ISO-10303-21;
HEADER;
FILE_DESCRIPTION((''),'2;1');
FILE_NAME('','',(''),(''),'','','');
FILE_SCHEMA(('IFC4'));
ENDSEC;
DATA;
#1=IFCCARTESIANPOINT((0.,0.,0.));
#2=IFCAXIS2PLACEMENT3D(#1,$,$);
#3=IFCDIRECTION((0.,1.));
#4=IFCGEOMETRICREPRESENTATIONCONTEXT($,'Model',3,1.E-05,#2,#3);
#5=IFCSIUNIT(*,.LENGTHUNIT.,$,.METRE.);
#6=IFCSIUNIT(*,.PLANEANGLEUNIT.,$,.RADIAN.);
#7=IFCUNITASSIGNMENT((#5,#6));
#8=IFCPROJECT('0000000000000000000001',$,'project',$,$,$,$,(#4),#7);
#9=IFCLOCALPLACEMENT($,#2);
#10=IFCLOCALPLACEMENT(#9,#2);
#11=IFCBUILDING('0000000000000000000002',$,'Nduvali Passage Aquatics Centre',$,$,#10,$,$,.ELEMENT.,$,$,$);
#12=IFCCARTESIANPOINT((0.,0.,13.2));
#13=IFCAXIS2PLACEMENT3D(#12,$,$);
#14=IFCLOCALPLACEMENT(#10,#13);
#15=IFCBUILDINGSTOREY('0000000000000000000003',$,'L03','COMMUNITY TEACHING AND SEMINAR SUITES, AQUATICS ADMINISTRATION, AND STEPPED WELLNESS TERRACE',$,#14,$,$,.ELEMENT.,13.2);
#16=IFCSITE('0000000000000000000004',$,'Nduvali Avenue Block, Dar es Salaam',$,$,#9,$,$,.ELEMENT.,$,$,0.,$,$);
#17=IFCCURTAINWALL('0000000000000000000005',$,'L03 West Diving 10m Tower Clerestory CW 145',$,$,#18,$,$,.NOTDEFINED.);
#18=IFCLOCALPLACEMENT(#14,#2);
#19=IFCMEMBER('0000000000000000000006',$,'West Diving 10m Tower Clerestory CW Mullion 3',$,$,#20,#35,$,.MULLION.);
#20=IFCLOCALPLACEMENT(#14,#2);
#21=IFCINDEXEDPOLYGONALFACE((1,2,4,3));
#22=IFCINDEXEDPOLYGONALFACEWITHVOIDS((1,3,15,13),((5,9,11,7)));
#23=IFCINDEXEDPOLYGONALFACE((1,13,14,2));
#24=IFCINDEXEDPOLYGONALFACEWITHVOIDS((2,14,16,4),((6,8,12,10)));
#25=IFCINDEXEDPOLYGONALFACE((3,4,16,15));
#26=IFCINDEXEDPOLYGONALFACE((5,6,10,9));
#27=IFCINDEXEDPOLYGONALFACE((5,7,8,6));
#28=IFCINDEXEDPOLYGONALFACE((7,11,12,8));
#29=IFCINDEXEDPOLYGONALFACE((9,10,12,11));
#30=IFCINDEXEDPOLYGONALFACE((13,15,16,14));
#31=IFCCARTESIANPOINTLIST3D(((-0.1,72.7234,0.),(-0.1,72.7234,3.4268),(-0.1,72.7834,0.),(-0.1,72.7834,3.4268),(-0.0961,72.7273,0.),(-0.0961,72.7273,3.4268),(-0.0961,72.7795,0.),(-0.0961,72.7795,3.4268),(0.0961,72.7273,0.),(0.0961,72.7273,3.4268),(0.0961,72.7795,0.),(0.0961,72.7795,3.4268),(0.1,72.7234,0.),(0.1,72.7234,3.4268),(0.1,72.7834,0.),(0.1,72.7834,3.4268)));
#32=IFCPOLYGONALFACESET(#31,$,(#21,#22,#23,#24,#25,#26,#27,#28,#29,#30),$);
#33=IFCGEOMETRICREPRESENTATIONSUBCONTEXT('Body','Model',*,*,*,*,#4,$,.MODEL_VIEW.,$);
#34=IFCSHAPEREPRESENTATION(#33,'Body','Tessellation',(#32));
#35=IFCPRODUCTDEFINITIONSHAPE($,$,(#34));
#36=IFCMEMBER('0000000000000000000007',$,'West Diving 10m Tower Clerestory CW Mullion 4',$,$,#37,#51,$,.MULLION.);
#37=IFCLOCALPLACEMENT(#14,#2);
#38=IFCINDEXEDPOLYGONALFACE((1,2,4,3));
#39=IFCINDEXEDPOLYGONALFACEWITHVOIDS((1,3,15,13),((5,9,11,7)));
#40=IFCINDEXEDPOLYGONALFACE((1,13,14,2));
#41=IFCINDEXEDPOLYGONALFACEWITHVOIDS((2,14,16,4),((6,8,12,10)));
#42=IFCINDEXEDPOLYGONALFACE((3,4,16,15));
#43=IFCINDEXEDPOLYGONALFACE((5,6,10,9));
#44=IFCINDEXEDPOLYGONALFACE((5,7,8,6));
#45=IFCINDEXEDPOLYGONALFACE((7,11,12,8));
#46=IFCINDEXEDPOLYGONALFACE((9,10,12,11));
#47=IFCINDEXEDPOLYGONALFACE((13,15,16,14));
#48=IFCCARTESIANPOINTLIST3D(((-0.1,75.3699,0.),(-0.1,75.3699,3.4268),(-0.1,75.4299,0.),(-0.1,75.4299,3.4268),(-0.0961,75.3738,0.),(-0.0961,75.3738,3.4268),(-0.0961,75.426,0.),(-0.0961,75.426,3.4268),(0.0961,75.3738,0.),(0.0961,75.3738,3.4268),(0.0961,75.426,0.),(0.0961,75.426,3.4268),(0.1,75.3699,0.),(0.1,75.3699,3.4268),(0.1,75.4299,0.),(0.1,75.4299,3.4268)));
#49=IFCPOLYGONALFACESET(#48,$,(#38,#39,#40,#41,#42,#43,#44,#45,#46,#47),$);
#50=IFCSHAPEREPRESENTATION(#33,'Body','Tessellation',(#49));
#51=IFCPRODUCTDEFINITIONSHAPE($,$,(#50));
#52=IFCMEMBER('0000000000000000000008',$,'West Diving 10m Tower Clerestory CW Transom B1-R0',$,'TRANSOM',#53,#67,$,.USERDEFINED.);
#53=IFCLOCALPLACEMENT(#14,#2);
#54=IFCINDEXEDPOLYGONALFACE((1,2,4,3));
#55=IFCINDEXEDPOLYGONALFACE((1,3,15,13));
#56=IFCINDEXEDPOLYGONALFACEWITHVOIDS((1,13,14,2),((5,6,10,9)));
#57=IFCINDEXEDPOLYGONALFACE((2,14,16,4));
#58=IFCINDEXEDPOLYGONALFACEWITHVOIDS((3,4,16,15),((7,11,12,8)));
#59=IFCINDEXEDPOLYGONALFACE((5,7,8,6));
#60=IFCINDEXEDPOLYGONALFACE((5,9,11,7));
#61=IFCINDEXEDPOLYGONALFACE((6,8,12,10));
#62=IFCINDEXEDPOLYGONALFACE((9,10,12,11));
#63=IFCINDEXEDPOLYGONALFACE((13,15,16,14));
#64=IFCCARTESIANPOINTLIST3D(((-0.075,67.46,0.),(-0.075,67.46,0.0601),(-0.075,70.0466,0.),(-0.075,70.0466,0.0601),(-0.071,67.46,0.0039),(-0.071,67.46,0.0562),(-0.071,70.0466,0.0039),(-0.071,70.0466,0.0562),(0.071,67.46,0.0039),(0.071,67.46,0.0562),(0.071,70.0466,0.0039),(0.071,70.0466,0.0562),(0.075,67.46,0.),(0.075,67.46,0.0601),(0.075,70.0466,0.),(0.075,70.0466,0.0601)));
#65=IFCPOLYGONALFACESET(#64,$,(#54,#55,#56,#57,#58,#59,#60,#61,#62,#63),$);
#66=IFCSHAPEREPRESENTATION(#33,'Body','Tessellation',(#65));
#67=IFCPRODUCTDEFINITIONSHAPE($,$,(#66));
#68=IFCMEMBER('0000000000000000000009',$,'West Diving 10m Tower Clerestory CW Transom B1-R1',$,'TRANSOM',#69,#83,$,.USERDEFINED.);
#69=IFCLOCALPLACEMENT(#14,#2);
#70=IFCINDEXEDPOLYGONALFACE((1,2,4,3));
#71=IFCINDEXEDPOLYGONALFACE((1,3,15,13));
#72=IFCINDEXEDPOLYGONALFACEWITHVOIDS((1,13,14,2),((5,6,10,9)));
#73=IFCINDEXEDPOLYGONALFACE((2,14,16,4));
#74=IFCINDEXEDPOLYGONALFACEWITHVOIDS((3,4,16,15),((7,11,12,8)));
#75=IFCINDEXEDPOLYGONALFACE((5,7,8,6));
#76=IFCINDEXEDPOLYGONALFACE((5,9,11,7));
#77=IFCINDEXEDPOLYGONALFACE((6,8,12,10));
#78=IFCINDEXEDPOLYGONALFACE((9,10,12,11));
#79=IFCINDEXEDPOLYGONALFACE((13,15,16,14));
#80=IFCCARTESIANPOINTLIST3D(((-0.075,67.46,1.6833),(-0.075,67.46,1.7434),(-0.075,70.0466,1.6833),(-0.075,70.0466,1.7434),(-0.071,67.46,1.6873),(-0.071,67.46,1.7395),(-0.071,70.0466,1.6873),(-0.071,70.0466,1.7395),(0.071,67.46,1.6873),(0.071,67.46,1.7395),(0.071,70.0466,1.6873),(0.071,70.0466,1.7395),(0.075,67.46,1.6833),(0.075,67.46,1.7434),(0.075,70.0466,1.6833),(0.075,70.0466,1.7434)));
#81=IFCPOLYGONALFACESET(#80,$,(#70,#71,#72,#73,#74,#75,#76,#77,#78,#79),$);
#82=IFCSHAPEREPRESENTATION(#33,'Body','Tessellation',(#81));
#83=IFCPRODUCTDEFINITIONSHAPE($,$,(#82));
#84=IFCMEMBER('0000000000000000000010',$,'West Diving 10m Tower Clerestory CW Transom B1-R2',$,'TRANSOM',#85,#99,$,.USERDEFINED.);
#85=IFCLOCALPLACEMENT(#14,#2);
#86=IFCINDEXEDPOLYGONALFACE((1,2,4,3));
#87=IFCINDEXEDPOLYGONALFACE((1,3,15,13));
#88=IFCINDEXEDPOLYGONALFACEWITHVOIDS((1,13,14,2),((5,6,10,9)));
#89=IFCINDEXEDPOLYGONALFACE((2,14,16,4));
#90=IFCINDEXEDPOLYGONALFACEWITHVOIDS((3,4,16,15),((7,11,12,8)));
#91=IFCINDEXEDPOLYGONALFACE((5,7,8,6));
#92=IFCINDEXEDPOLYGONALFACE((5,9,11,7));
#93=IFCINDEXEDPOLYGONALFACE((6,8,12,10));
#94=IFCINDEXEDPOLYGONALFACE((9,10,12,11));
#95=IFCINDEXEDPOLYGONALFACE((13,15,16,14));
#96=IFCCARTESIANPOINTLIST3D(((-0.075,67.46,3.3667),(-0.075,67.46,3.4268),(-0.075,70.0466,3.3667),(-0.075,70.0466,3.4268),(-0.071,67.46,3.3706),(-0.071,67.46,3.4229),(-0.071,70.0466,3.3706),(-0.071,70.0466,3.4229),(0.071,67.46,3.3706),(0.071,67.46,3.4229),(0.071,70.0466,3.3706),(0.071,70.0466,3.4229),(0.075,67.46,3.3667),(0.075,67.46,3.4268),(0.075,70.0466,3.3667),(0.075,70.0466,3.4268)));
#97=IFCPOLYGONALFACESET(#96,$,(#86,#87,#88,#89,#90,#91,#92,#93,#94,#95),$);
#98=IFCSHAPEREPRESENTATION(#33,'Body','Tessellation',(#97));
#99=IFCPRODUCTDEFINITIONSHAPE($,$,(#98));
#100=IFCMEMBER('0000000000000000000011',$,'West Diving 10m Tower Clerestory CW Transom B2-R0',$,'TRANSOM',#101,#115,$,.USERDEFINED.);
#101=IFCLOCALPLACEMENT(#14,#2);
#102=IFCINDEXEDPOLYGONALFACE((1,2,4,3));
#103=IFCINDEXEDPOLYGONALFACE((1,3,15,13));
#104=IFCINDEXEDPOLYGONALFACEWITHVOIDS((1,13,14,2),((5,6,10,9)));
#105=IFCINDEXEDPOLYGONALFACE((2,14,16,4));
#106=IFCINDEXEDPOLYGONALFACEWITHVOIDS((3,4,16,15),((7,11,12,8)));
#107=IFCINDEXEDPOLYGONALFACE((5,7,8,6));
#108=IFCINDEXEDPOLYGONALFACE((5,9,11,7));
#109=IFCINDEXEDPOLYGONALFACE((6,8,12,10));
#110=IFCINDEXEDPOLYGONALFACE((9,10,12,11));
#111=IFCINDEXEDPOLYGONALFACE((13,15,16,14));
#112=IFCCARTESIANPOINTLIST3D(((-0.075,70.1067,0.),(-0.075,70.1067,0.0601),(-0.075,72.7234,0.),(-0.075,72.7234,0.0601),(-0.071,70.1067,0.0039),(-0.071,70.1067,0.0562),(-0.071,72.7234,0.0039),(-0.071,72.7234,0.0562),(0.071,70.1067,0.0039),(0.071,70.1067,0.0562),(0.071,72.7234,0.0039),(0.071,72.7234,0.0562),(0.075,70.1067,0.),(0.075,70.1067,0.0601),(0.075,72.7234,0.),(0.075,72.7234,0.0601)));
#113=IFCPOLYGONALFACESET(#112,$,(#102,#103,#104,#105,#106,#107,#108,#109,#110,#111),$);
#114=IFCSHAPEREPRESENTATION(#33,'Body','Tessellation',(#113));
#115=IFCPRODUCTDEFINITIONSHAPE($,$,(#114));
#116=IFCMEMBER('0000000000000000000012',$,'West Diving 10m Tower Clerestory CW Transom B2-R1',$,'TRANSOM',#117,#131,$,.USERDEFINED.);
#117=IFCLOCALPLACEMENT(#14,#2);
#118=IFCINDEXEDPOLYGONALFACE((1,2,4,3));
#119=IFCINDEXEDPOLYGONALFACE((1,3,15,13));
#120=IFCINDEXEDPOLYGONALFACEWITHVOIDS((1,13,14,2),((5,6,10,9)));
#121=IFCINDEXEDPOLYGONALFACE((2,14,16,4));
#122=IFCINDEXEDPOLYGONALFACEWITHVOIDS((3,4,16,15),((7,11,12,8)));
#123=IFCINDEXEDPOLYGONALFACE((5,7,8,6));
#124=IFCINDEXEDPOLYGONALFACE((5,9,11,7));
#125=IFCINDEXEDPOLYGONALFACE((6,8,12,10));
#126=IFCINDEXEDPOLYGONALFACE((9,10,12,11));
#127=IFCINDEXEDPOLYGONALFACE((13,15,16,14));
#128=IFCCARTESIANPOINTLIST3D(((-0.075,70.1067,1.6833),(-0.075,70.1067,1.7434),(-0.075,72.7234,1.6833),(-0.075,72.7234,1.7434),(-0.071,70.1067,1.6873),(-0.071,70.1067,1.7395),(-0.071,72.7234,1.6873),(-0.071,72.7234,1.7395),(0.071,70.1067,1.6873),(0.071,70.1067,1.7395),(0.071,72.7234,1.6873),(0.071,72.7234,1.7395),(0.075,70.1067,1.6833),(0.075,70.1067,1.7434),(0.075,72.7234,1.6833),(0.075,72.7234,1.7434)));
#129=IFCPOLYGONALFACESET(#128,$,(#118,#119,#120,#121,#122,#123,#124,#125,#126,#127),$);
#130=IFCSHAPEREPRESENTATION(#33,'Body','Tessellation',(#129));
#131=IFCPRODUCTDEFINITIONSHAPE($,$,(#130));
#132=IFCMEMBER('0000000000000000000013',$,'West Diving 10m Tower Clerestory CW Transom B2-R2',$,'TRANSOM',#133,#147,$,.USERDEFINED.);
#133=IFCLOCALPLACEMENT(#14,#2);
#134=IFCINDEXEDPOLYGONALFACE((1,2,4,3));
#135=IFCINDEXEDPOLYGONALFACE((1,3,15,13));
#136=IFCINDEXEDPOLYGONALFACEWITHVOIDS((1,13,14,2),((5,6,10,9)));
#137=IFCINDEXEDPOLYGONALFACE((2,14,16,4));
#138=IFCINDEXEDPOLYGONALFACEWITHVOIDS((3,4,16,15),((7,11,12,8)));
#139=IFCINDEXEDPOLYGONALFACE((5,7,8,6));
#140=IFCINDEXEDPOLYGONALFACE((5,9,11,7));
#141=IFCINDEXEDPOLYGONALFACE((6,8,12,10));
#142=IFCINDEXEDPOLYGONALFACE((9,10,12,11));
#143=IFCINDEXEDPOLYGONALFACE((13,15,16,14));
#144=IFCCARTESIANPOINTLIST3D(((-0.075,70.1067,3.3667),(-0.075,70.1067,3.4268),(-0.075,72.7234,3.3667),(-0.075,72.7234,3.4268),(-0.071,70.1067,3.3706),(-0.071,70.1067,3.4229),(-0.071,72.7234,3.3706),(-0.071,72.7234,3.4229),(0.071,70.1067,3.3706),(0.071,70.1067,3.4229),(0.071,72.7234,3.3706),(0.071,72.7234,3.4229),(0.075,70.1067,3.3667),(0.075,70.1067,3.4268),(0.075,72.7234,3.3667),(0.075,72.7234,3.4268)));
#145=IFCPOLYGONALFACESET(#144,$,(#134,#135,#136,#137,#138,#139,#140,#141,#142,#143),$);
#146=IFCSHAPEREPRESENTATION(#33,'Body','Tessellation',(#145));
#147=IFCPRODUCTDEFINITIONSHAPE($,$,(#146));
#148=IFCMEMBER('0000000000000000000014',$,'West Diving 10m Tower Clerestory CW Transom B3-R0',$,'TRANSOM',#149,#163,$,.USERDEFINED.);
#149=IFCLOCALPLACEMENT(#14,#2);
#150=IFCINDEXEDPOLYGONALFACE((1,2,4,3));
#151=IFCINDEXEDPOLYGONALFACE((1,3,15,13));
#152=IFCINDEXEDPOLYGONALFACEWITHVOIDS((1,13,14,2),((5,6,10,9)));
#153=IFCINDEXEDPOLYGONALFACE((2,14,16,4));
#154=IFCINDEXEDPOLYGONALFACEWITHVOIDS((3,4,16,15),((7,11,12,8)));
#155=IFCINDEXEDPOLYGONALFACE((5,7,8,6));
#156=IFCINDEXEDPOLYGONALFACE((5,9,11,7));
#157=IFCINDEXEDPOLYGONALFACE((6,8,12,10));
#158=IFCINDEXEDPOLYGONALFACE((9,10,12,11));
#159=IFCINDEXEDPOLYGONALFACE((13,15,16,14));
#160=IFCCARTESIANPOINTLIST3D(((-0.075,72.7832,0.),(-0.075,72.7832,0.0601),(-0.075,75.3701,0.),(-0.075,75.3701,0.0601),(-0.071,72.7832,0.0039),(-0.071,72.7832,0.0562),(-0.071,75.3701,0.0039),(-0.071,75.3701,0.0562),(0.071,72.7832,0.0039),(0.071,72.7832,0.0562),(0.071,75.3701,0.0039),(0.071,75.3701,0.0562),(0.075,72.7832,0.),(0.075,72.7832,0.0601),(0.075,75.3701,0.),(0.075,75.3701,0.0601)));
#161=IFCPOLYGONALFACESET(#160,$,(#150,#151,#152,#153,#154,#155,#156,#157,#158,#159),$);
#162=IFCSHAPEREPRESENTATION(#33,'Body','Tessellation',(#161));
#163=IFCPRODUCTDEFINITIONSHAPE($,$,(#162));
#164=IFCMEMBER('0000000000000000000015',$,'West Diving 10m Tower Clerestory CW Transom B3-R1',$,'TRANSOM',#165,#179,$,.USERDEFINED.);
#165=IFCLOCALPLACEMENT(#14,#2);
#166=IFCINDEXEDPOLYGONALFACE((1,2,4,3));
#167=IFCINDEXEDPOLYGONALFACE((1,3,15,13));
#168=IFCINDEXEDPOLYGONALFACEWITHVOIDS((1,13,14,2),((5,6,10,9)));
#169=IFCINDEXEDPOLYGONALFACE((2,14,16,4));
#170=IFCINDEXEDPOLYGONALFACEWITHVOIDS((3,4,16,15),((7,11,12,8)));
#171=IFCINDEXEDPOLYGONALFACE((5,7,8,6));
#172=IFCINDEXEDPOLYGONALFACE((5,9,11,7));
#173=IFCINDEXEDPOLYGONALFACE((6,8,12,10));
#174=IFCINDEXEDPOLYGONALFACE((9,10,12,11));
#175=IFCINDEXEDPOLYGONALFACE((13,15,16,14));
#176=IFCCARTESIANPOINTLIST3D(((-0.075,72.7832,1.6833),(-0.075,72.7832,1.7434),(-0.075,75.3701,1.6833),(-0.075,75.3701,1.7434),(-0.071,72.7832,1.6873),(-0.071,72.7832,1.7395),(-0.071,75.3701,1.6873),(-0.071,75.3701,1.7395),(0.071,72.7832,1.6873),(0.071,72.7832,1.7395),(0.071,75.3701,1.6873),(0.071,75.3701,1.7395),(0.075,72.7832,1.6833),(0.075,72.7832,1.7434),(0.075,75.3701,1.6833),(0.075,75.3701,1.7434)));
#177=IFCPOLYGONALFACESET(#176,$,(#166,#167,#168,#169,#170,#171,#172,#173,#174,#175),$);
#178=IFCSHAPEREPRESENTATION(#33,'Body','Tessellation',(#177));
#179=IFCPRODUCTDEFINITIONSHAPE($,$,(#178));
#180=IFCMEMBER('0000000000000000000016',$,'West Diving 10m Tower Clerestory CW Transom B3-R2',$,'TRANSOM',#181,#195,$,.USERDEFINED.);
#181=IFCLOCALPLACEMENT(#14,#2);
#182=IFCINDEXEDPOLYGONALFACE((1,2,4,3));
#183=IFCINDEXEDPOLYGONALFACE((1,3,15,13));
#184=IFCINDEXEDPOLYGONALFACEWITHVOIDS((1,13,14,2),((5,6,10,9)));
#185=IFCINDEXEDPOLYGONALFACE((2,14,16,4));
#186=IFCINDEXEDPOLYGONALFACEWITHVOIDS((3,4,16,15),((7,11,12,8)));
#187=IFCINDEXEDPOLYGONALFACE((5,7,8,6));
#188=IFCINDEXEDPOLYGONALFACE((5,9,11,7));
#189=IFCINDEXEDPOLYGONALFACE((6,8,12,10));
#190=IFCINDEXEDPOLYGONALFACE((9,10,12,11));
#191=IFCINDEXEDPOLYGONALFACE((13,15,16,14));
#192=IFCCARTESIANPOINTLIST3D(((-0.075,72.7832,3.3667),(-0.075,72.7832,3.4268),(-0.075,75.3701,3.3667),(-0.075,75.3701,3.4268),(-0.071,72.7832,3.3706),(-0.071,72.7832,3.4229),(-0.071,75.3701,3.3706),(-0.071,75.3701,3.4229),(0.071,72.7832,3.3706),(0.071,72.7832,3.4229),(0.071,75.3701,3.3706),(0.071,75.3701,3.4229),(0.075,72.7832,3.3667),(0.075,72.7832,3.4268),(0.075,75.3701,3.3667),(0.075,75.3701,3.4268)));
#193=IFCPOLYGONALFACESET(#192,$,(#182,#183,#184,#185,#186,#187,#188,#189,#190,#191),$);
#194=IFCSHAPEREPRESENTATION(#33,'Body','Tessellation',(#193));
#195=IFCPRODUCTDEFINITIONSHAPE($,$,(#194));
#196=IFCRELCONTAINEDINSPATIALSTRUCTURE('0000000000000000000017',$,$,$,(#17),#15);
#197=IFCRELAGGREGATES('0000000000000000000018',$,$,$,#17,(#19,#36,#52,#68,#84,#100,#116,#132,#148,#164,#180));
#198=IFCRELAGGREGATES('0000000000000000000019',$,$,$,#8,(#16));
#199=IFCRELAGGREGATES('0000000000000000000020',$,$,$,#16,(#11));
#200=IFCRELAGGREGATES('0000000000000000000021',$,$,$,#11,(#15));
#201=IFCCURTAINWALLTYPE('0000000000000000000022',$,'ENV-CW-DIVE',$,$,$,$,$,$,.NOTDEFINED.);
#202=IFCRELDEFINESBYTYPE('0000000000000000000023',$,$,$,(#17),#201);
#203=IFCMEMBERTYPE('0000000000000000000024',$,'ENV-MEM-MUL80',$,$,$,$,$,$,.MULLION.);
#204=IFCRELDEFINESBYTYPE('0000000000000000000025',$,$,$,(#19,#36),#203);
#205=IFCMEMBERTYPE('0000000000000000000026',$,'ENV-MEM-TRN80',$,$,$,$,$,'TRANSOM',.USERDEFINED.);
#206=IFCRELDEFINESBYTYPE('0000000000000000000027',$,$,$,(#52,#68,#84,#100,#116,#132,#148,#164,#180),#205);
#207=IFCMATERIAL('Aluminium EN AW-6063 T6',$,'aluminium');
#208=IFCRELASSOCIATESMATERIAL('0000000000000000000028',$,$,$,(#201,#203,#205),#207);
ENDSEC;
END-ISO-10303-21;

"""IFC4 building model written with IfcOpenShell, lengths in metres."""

from ifc_helpers import new_model, si_unit, direction, frame, origin, origin_2d, place, context, subcontext, project, spatial, hollow_rectangle, extrude, material, material_profile, profile_set, type_object, element, aggregate, save


model = new_model("IFC4")

# Units and contexts
model_context = context("Model", 3, precision=1e-05, world=origin(), true_north=direction((0.0, 1.0)))
body_context = subcontext(model_context, "Body", "Model", "MODEL_VIEW")
ifc_project = project(units=[si_unit("LENGTHUNIT", "METRE"), si_unit("PLANEANGLEUNIT", "RADIAN")], contexts=[model_context])

# Site, building, storey
site_placement = place(None, origin())
site = spatial("IfcSite", under=ifc_project, at=site_placement, Name="Nduvali Avenue Block, Dar es Salaam", CompositionType="ELEMENT", RefElevation=0.0)
building_placement = place(site_placement, origin())
building = spatial("IfcBuilding", under=site, at=building_placement, Name="Nduvali Passage Aquatics Centre", CompositionType="ELEMENT")
storey_placement = place(building_placement, frame((0.0, 0.0, 13.2)))
storey = spatial("IfcBuildingStorey", under=building, at=storey_placement, Name="L03", Description="COMMUNITY TEACHING AND SEMINAR SUITES, AQUATICS ADMINISTRATION, AND STEPPED WELLNESS TERRACE", CompositionType="ELEMENT", Elevation=13.2)

# Shared definitions
ifc_material_1 = material(Name="Aluminium EN AW-6063 T6", Category="aluminium")
curtain_wall_type = type_object("IfcCurtainWallType", Name="ENV-CW-DIVE", PredefinedType="NOTDEFINED", material=ifc_material_1)
ifc_material_profile_1 = material_profile(ifc_material_1, hollow_rectangle(XDim=0.0601, YDim=0.2, WallThickness=0.0039, at=origin_2d()), Name="ALU MULLION 60x200x4")
ifc_profile_set_1 = profile_set([ifc_material_profile_1], Name="Aluminium EN AW-6063 T6")
member_type_1 = type_object("IfcMemberType", Name="ENV-MEM-MUL80", PredefinedType="MULLION", material=ifc_profile_set_1)

# Curtain wall, members
curtain_wall_1_placement = place(storey_placement, origin())
curtain_wall_1 = element("IfcCurtainWall", 1, at=curtain_wall_1_placement, inside=storey, type_object=curtain_wall_type, Name="L03 West Diving 10m Tower Clerestory CW 145", PredefinedType="NOTDEFINED")
member_1_placement = place(storey_placement, frame((0.0, 72.7534, 0.0), z_axis=(0.0, 0.0, 1.0), x_axis=(0.0, 1.0, 0.0)))
member_1 = element("IfcMember", 2, at=member_1_placement, type_object=member_type_1, Name="West Diving 10m Tower Clerestory CW Mullion 3", PredefinedType="MULLION", context=body_context, shape_type="SweptSolid", body=[
    extrude(hollow_rectangle(XDim=0.0601, YDim=0.2, WallThickness=0.0039, at=origin_2d()), origin(), (0.0, 0.0, 1.0), 3.4268),
])
member_2_placement = place(storey_placement, frame((0.0, 75.3999, 0.0), z_axis=(0.0, 0.0, 1.0), x_axis=(0.0, 1.0, 0.0)))
member_2 = element("IfcMember", 3, at=member_2_placement, type_object=member_type_1, Name="West Diving 10m Tower Clerestory CW Mullion 4", PredefinedType="MULLION", context=body_context, shape_type="SweptSolid", body=[
    extrude(hollow_rectangle(XDim=0.0601, YDim=0.2, WallThickness=0.0039, at=origin_2d()), origin(), (0.0, 0.0, 1.0), 3.4268),
])
ifc_material_profile_2 = material_profile(ifc_material_1, hollow_rectangle(XDim=0.1499, YDim=0.0601, WallThickness=0.0039, at=origin_2d()), Name="ALU TRANSOM 150x60x4")
ifc_profile_set_2 = profile_set([ifc_material_profile_2], Name="Aluminium EN AW-6063 T6")
member_type_2 = type_object("IfcMemberType", Name="ENV-MEM-TRN80", ElementType="TRANSOM", PredefinedType="USERDEFINED", material=ifc_profile_set_2)
member_3_placement = place(storey_placement, frame((0.0, 67.46, 0.03), z_axis=(0.0, 1.0, 0.0), x_axis=(-1.0, 0.0, 0.0)))
member_3 = element("IfcMember", 4, at=member_3_placement, type_object=member_type_2, Name="West Diving 10m Tower Clerestory CW Transom B1-R0", ObjectType="TRANSOM", PredefinedType="USERDEFINED", context=body_context, shape_type="SweptSolid", body=[
    extrude(hollow_rectangle(XDim=0.1499, YDim=0.0601, WallThickness=0.0039, at=origin_2d()), origin(), (0.0, 0.0, 1.0), 2.5867),
])
member_4_placement = place(storey_placement, frame((0.0, 67.46, 1.7134), z_axis=(0.0, 1.0, 0.0), x_axis=(-1.0, 0.0, 0.0)))
member_4 = element("IfcMember", 5, at=member_4_placement, type_object=member_type_2, Name="West Diving 10m Tower Clerestory CW Transom B1-R1", ObjectType="TRANSOM", PredefinedType="USERDEFINED", context=body_context, shape_type="SweptSolid", body=[
    extrude(hollow_rectangle(XDim=0.1499, YDim=0.0601, WallThickness=0.0039, at=origin_2d()), origin(), (0.0, 0.0, 1.0), 2.5867),
])
member_5_placement = place(storey_placement, frame((0.0, 67.46, 3.3967), z_axis=(0.0, 1.0, 0.0), x_axis=(-1.0, 0.0, 0.0)))
member_5 = element("IfcMember", 6, at=member_5_placement, type_object=member_type_2, Name="West Diving 10m Tower Clerestory CW Transom B1-R2", ObjectType="TRANSOM", PredefinedType="USERDEFINED", context=body_context, shape_type="SweptSolid", body=[
    extrude(hollow_rectangle(XDim=0.1499, YDim=0.0601, WallThickness=0.0039, at=origin_2d()), origin(), (0.0, 0.0, 1.0), 2.5867),
])
member_6_placement = place(storey_placement, frame((0.0, 70.1067, 0.03), z_axis=(0.0, 1.0, 0.0), x_axis=(-1.0, 0.0, 0.0)))
member_6 = element("IfcMember", 7, at=member_6_placement, type_object=member_type_2, Name="West Diving 10m Tower Clerestory CW Transom B2-R0", ObjectType="TRANSOM", PredefinedType="USERDEFINED", context=body_context, shape_type="SweptSolid", body=[
    extrude(hollow_rectangle(XDim=0.1499, YDim=0.0601, WallThickness=0.0039, at=origin_2d()), origin(), (0.0, 0.0, 1.0), 2.6167),
])
member_7_placement = place(storey_placement, frame((0.0, 70.1067, 1.7134), z_axis=(0.0, 1.0, 0.0), x_axis=(-1.0, 0.0, 0.0)))
member_7 = element("IfcMember", 8, at=member_7_placement, type_object=member_type_2, Name="West Diving 10m Tower Clerestory CW Transom B2-R1", ObjectType="TRANSOM", PredefinedType="USERDEFINED", context=body_context, shape_type="SweptSolid", body=[
    extrude(hollow_rectangle(XDim=0.1499, YDim=0.0601, WallThickness=0.0039, at=origin_2d()), origin(), (0.0, 0.0, 1.0), 2.6167),
])
member_8_placement = place(storey_placement, frame((0.0, 70.1067, 3.3967), z_axis=(0.0, 1.0, 0.0), x_axis=(-1.0, 0.0, 0.0)))
member_8 = element("IfcMember", 9, at=member_8_placement, type_object=member_type_2, Name="West Diving 10m Tower Clerestory CW Transom B2-R2", ObjectType="TRANSOM", PredefinedType="USERDEFINED", context=body_context, shape_type="SweptSolid", body=[
    extrude(hollow_rectangle(XDim=0.1499, YDim=0.0601, WallThickness=0.0039, at=origin_2d()), origin(), (0.0, 0.0, 1.0), 2.6167),
])
member_9_placement = place(storey_placement, frame((0.0, 72.7832, 0.03), z_axis=(0.0, 1.0, 0.0), x_axis=(-1.0, 0.0, 0.0)))
member_9 = element("IfcMember", 10, at=member_9_placement, type_object=member_type_2, Name="West Diving 10m Tower Clerestory CW Transom B3-R0", ObjectType="TRANSOM", PredefinedType="USERDEFINED", context=body_context, shape_type="SweptSolid", body=[
    extrude(hollow_rectangle(XDim=0.1499, YDim=0.0601, WallThickness=0.0039, at=origin_2d()), origin(), (0.0, 0.0, 1.0), 2.5869),
])
member_10_placement = place(storey_placement, frame((0.0, 72.7832, 1.7134), z_axis=(0.0, 1.0, 0.0), x_axis=(-1.0, 0.0, 0.0)))
member_10 = element("IfcMember", 11, at=member_10_placement, type_object=member_type_2, Name="West Diving 10m Tower Clerestory CW Transom B3-R1", ObjectType="TRANSOM", PredefinedType="USERDEFINED", context=body_context, shape_type="SweptSolid", body=[
    extrude(hollow_rectangle(XDim=0.1499, YDim=0.0601, WallThickness=0.0039, at=origin_2d()), origin(), (0.0, 0.0, 1.0), 2.5869),
])
member_11_placement = place(storey_placement, frame((0.0, 72.7832, 3.3967), z_axis=(0.0, 1.0, 0.0), x_axis=(-1.0, 0.0, 0.0)))
member_11 = element("IfcMember", 12, at=member_11_placement, type_object=member_type_2, Name="West Diving 10m Tower Clerestory CW Transom B3-R2", ObjectType="TRANSOM", PredefinedType="USERDEFINED", context=body_context, shape_type="SweptSolid", body=[
    extrude(hollow_rectangle(XDim=0.1499, YDim=0.0601, WallThickness=0.0039, at=origin_2d()), origin(), (0.0, 0.0, 1.0), 2.5869),
])

aggregate(curtain_wall_1, [member_1, member_2, member_3, member_4, member_5, member_6, member_7, member_8, member_9, member_10, member_11])

save(model, "model.ifc")
